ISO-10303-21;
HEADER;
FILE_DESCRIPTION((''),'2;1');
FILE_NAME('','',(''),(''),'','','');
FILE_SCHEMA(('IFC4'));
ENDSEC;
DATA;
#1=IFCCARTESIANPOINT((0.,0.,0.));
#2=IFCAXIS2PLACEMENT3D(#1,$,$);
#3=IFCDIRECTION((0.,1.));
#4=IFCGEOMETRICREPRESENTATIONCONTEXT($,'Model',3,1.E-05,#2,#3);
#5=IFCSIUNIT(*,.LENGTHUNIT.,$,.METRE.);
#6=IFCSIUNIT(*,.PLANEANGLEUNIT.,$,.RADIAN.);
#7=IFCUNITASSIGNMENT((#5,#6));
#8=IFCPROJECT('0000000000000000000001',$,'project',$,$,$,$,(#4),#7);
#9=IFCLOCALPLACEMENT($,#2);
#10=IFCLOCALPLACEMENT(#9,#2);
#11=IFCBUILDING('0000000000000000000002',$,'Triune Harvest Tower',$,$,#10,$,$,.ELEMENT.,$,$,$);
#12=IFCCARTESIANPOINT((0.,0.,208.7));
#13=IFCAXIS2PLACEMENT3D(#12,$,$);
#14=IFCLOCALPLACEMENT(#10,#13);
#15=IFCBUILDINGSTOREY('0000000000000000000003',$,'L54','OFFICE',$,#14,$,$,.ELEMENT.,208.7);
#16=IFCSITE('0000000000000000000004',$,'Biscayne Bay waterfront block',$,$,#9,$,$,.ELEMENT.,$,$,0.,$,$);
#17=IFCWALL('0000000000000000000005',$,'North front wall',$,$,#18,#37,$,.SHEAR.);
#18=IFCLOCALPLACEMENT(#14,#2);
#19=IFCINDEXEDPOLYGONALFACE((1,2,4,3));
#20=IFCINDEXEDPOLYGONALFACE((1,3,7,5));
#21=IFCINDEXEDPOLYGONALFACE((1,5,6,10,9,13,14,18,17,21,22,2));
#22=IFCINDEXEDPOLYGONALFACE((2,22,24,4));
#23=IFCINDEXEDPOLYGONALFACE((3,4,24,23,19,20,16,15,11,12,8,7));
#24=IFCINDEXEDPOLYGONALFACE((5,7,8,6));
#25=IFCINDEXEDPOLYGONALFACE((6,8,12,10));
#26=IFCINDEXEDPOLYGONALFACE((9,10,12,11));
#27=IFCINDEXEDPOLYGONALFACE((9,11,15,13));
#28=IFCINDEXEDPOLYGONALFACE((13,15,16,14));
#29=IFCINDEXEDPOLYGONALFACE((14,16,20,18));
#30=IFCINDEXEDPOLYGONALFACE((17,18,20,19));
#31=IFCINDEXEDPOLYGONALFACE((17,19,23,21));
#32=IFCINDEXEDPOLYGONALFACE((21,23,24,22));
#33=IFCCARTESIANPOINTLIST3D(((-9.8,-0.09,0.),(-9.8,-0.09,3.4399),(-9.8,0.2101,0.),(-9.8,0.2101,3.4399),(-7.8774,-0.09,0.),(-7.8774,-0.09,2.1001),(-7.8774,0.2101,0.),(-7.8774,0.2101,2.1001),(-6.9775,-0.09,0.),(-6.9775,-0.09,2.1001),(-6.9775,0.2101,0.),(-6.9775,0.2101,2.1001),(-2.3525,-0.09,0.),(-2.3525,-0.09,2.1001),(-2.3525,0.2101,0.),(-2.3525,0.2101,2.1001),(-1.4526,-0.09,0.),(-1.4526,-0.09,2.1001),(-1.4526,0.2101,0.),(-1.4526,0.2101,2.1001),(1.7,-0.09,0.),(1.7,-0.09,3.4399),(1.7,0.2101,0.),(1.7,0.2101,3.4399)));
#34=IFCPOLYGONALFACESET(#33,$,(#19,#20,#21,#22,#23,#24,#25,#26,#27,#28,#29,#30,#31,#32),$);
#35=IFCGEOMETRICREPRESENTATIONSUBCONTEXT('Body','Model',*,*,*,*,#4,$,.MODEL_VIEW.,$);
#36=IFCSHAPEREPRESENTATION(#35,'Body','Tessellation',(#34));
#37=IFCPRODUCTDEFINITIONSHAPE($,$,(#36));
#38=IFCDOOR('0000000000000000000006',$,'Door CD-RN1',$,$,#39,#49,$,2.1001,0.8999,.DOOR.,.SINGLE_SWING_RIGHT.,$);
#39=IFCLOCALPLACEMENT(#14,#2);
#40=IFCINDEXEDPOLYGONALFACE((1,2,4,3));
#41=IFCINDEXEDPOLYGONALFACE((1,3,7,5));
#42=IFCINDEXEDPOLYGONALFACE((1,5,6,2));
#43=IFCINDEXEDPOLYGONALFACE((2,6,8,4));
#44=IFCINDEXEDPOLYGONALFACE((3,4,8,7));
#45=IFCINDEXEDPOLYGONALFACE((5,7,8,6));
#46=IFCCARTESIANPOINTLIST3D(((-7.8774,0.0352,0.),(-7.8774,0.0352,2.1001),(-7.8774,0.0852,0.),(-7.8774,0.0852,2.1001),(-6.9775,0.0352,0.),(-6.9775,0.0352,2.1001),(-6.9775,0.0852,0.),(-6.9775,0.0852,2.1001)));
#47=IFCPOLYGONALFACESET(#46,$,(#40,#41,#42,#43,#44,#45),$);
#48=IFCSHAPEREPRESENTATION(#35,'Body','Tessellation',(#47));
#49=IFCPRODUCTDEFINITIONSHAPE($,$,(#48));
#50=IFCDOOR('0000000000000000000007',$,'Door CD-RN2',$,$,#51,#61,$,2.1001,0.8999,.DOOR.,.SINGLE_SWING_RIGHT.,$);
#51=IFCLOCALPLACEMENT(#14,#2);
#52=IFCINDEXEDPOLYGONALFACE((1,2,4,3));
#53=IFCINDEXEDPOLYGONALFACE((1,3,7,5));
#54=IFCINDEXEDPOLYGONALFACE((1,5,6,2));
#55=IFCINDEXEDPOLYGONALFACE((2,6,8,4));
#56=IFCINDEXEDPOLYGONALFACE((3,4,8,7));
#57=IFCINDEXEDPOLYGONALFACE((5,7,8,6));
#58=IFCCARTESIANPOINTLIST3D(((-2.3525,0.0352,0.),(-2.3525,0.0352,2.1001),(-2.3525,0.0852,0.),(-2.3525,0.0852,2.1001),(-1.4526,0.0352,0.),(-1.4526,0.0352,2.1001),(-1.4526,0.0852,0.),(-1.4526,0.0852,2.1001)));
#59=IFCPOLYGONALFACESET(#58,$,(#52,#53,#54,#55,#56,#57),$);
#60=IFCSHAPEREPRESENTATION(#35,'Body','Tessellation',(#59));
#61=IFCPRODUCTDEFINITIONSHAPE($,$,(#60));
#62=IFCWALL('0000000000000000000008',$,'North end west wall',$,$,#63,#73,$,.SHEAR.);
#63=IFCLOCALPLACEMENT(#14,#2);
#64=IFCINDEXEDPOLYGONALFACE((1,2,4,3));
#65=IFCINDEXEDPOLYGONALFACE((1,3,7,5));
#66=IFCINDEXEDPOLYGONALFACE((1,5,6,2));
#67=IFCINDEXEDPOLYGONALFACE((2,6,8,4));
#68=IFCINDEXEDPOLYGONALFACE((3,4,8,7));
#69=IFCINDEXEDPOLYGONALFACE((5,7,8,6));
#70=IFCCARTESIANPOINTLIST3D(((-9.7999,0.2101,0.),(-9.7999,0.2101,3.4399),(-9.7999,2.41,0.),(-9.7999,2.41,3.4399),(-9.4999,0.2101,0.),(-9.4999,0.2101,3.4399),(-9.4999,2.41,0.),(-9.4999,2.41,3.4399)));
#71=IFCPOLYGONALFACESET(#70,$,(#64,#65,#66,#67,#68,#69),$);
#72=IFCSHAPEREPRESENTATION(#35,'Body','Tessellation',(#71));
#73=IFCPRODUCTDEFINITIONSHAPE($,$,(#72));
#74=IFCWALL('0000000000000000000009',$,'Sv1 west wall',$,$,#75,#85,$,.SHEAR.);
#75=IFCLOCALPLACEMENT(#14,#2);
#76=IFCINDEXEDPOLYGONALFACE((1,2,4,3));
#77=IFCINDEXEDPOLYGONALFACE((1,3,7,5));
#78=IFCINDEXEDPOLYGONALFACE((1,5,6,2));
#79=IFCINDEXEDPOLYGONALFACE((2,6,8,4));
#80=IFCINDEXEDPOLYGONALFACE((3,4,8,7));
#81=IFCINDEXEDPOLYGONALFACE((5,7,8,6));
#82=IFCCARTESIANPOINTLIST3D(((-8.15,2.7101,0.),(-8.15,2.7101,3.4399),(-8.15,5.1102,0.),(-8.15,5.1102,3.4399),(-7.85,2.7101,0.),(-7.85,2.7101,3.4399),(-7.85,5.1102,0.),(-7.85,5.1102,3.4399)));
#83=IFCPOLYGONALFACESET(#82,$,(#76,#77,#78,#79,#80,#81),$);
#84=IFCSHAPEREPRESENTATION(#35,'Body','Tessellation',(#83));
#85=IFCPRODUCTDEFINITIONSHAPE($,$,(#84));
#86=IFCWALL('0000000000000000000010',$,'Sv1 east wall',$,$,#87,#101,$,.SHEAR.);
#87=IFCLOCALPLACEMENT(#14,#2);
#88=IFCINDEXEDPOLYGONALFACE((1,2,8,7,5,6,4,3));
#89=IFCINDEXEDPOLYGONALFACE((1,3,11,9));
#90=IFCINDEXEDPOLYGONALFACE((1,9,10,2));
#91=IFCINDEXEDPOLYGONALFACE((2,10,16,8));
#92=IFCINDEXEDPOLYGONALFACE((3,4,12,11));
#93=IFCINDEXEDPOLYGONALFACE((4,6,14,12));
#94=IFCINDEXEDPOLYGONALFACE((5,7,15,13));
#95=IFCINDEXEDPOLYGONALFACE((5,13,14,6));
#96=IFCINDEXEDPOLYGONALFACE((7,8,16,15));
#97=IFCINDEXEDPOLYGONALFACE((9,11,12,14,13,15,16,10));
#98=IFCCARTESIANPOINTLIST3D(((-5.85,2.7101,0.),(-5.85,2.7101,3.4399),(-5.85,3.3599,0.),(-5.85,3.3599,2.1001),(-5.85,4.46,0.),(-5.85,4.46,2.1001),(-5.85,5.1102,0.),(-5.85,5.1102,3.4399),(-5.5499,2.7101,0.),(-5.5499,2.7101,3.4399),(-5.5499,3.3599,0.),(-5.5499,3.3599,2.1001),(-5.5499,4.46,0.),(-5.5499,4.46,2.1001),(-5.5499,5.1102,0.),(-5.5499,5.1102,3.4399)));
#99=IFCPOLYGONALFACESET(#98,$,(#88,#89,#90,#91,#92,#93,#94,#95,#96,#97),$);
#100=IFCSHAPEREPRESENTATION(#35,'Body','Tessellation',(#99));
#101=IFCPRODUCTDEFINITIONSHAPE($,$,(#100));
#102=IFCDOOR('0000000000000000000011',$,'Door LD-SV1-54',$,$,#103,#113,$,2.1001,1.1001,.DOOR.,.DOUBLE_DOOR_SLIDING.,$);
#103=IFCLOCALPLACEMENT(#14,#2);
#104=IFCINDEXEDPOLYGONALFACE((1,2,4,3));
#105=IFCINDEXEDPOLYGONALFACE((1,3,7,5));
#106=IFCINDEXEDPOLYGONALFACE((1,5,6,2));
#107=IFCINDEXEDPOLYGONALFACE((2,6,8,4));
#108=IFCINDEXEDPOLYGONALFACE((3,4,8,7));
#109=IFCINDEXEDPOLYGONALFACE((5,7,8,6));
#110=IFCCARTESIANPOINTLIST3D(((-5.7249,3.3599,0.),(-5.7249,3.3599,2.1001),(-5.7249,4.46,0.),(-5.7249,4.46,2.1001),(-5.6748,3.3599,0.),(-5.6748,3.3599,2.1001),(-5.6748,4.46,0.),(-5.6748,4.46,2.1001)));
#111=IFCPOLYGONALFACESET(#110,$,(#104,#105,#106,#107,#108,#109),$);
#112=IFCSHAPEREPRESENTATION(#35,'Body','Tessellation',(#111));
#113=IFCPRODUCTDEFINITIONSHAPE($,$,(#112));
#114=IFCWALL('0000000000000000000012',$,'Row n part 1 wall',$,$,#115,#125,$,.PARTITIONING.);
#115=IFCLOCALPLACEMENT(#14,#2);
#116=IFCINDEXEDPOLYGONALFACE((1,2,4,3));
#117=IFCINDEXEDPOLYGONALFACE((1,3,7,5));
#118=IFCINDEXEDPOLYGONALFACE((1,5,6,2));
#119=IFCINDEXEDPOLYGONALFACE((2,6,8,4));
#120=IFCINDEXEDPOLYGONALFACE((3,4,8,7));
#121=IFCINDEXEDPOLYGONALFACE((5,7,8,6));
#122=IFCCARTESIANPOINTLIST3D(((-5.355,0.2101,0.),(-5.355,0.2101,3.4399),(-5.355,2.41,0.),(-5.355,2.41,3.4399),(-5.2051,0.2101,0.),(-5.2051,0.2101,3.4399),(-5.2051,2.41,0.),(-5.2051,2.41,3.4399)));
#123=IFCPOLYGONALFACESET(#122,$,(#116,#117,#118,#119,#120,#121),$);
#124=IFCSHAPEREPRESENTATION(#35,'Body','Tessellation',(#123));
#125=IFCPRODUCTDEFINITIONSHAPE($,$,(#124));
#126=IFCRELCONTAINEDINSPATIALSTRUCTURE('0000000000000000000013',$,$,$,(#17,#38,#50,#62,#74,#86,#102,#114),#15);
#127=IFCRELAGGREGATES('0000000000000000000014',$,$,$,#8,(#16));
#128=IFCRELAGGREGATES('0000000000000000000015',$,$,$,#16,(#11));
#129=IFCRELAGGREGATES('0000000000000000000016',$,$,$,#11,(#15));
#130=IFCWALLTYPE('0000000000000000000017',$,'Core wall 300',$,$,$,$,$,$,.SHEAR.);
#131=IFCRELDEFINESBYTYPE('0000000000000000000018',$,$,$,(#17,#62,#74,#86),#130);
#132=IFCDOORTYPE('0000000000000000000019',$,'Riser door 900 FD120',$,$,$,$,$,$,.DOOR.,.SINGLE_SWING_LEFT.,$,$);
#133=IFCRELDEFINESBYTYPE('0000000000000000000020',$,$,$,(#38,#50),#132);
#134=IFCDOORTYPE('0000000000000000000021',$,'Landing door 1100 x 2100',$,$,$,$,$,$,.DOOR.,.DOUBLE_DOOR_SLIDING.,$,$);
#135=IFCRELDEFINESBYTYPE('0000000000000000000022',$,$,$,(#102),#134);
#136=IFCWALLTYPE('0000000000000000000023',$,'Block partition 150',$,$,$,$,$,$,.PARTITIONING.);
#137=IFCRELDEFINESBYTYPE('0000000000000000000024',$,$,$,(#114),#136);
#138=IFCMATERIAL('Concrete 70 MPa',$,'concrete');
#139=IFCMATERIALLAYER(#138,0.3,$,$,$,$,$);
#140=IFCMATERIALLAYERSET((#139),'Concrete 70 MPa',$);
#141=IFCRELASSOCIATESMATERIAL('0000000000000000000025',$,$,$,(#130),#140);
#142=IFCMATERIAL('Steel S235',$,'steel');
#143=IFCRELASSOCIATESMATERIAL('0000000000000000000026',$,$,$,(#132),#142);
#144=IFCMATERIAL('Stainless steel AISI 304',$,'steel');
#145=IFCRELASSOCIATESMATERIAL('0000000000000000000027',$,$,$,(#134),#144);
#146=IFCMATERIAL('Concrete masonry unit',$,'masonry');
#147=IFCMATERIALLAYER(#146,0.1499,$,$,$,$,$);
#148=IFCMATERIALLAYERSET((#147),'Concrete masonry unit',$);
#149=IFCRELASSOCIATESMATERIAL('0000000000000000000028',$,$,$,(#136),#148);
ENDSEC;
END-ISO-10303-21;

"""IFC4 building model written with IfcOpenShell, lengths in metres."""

from ifc_helpers import new_model, si_unit, direction, frame, frame_2d, origin, place, context, subcontext, project, spatial, rectangle, extrude, source, transform, mapped, material, layer, layer_set, type_object, element, fill, save


model = new_model("IFC4")

# Units and contexts
model_context = context("Model", 3, precision=1e-05, world=origin(), true_north=direction((0.0, 1.0)))
body_context = subcontext(model_context, "Body", "Model", "MODEL_VIEW")
ifc_project = project(units=[si_unit("LENGTHUNIT", "METRE"), si_unit("PLANEANGLEUNIT", "RADIAN")], contexts=[model_context])

# Site, building, storey
site_placement = place(None, origin())
site = spatial("IfcSite", under=ifc_project, at=site_placement, Name="Biscayne Bay waterfront block", CompositionType="ELEMENT", RefElevation=0.0)
building_placement = place(site_placement, origin())
building = spatial("IfcBuilding", under=site, at=building_placement, Name="Triune Harvest Tower", CompositionType="ELEMENT")
storey_placement = place(building_placement, frame((0.0, 0.0, 208.7)))
storey = spatial("IfcBuildingStorey", under=building, at=storey_placement, Name="L54", Description="OFFICE", CompositionType="ELEMENT", Elevation=208.7)

# Wall, openings, doors
ifc_material_1 = material(Name="Concrete 70 MPa", Category="concrete")
ifc_layer_1 = layer(ifc_material_1, 0.3)
ifc_layer_set_1 = layer_set([ifc_layer_1], Name="Concrete 70 MPa")
wall_type_1 = type_object("IfcWallType", Name="Core wall 300", PredefinedType="SHEAR", material=ifc_layer_set_1)
shared_shape_1 = source(origin(), body_context, "Body", "SweptSolid", [
    extrude(rectangle(XDim=11.5, YDim=0.3, at=frame_2d((5.75, 0.0))), origin(), (0.0, 0.0, 1.0), 3.4399),
])
wall_1_placement = place(storey_placement, frame((-9.8, 0.0601, 0.0), z_axis=(0.0, 0.0, 1.0), x_axis=(1.0, 0.0, 0.0)))
wall_1 = element("IfcWall", 1, at=wall_1_placement, inside=storey, type_object=wall_type_1, Name="North front wall", PredefinedType="SHEAR", context=body_context, shape_type="MappedRepresentation", body=[
    mapped(shared_shape_1, transform((0.0, 0.0, 0.0), scale=1.0)),
])
opening_1_placement = place(wall_1_placement, frame((1.9226, 0.0, 0.0)))
opening_1 = element("IfcOpeningElement", 2, at=opening_1_placement, cuts=wall_1, PredefinedType="OPENING", context=body_context, shape_type="SweptSolid", body=[
    extrude(rectangle(XDim=0.8999, YDim=2.1001, at=frame_2d((0.45, 1.05))), frame((0.0, 0.1602, 0.0), z_axis=(0.0, -1.0, 0.0), x_axis=(1.0, 0.0, 0.0)), (0.0, 0.0, 1.0), 0.3201),
])
opening_2_placement = place(wall_1_placement, frame((7.4475, 0.0, 0.0)))
opening_2 = element("IfcOpeningElement", 3, at=opening_2_placement, cuts=wall_1, PredefinedType="OPENING", context=body_context, shape_type="SweptSolid", body=[
    extrude(rectangle(XDim=0.8999, YDim=2.1001, at=frame_2d((0.45, 1.05))), frame((0.0, 0.1602, 0.0), z_axis=(0.0, -1.0, 0.0), x_axis=(1.0, 0.0, 0.0)), (0.0, 0.0, 1.0), 0.3201),
])
ifc_material_2 = material(Name="Steel S235", Category="steel")
door_type_1 = type_object("IfcDoorType", Name="Riser door 900 FD120", OperationType="SINGLE_SWING_LEFT", PredefinedType="DOOR", material=ifc_material_2)
door_1_placement = place(opening_1_placement, frame((0.8999, 0.0, 0.0), z_axis=(0.0, 0.0, 1.0), x_axis=(-1.0, 0.0, 0.0)))
door_1 = element("IfcDoor", 4, at=door_1_placement, inside=storey, type_object=door_type_1, Name="Door CD-RN1", OperationType="SINGLE_SWING_RIGHT", OverallHeight=2.1001, OverallWidth=0.8999, PredefinedType="DOOR", context=body_context, shape_type="SweptSolid", body=[
    extrude(rectangle(XDim=0.8999, YDim=2.1001, at=frame_2d((0.45, 1.05))), frame((0.0, 0.0249, 0.0), z_axis=(0.0, -1.0, 0.0), x_axis=(1.0, 0.0, 0.0)), (0.0, 0.0, 1.0), 0.05),
])
fill(opening_1, door_1)
door_2_placement = place(opening_2_placement, frame((0.8999, 0.0, 0.0), z_axis=(0.0, 0.0, 1.0), x_axis=(-1.0, 0.0, 0.0)))
door_2 = element("IfcDoor", 5, at=door_2_placement, inside=storey, type_object=door_type_1, Name="Door CD-RN2", OperationType="SINGLE_SWING_RIGHT", OverallHeight=2.1001, OverallWidth=0.8999, PredefinedType="DOOR", context=body_context, shape_type="SweptSolid", body=[
    extrude(rectangle(XDim=0.8999, YDim=2.1001, at=frame_2d((0.45, 1.05))), frame((0.0, 0.0249, 0.0), z_axis=(0.0, -1.0, 0.0), x_axis=(1.0, 0.0, 0.0)), (0.0, 0.0, 1.0), 0.05),
])
fill(opening_2, door_2)

# Walls
shared_shape_2 = source(origin(), body_context, "Body", "SweptSolid", [
    extrude(rectangle(XDim=2.2, YDim=0.3, at=frame_2d((1.1001, 0.0))), origin(), (0.0, 0.0, 1.0), 3.4399),
])
wall_2_placement = place(storey_placement, frame((-9.6499, 0.21, 0.0), z_axis=(0.0, 0.0, 1.0), x_axis=(0.0, 1.0, 0.0)))
element("IfcWall", 6, at=wall_2_placement, inside=storey, type_object=wall_type_1, Name="North end west wall", PredefinedType="SHEAR", context=body_context, shape_type="MappedRepresentation", body=[
    mapped(shared_shape_2, transform((0.0, 0.0, 0.0), scale=1.0)),
])
shared_shape_3 = source(origin(), body_context, "Body", "SweptSolid", [
    extrude(rectangle(XDim=2.4001, YDim=0.3, at=frame_2d((1.2002, 0.0))), origin(), (0.0, 0.0, 1.0), 3.4399),
])
wall_3_placement = place(storey_placement, frame((-8.0, 2.71, 0.0), z_axis=(0.0, 0.0, 1.0), x_axis=(0.0, 1.0, 0.0)))
element("IfcWall", 7, at=wall_3_placement, inside=storey, type_object=wall_type_1, Name="Sv1 west wall", PredefinedType="SHEAR", context=body_context, shape_type="MappedRepresentation", body=[
    mapped(shared_shape_3, transform((0.0, 0.0, 0.0), scale=1.0)),
])

# Wall, opening, door
wall_4_placement = place(storey_placement, frame((-5.7, 2.71, 0.0), z_axis=(0.0, 0.0, 1.0), x_axis=(0.0, 1.0, 0.0)))
wall_4 = element("IfcWall", 8, at=wall_4_placement, inside=storey, type_object=wall_type_1, Name="Sv1 east wall", PredefinedType="SHEAR", context=body_context, shape_type="MappedRepresentation", body=[
    mapped(shared_shape_3, transform((0.0, 0.0, 0.0), scale=1.0)),
])
opening_3_placement = place(wall_4_placement, frame((0.6499, 0.0, 0.0)))
opening_3 = element("IfcOpeningElement", 9, at=opening_3_placement, cuts=wall_4, PredefinedType="OPENING", context=body_context, shape_type="SweptSolid", body=[
    extrude(rectangle(XDim=1.1001, YDim=2.1001, at=frame_2d((0.55, 1.05))), frame((0.0, 0.1602, 0.0), z_axis=(0.0, -1.0, 0.0), x_axis=(1.0, 0.0, 0.0)), (0.0, 0.0, 1.0), 0.3201),
])
ifc_material_3 = material(Name="Stainless steel AISI 304", Category="steel")
door_type_2 = type_object("IfcDoorType", Name="Landing door 1100 x 2100", OperationType="DOUBLE_DOOR_SLIDING", PredefinedType="DOOR", material=ifc_material_3)
door_3_placement = place(opening_3_placement, origin())
door_3 = element("IfcDoor", 10, at=door_3_placement, inside=storey, type_object=door_type_2, Name="Door LD-SV1-54", OperationType="DOUBLE_DOOR_SLIDING", OverallHeight=2.1001, OverallWidth=1.1001, PredefinedType="DOOR", context=body_context, shape_type="SweptSolid", body=[
    extrude(rectangle(XDim=1.1001, YDim=2.1001, at=frame_2d((0.55, 1.05))), frame((0.0, 0.0249, 0.0), z_axis=(0.0, -1.0, 0.0), x_axis=(1.0, 0.0, 0.0)), (0.0, 0.0, 1.0), 0.05),
])
fill(opening_3, door_3)

# Wall
ifc_material_4 = material(Name="Concrete masonry unit", Category="masonry")
ifc_layer_2 = layer(ifc_material_4, 0.1499)
ifc_layer_set_2 = layer_set([ifc_layer_2], Name="Concrete masonry unit")
wall_type_2 = type_object("IfcWallType", Name="Block partition 150", PredefinedType="PARTITIONING", material=ifc_layer_set_2)
shared_shape_4 = source(origin(), body_context, "Body", "SweptSolid", [
    extrude(rectangle(XDim=2.2, YDim=0.1499, at=frame_2d((1.1001, 0.0))), origin(), (0.0, 0.0, 1.0), 3.4399),
])
wall_5_placement = place(storey_placement, frame((-5.28, 0.21, 0.0), z_axis=(0.0, 0.0, 1.0), x_axis=(0.0, 1.0, 0.0)))
element("IfcWall", 11, at=wall_5_placement, inside=storey, type_object=wall_type_2, Name="Row n part 1 wall", PredefinedType="PARTITIONING", context=body_context, shape_type="MappedRepresentation", body=[
    mapped(shared_shape_4, transform((0.0, 0.0, 0.0), scale=1.0)),
])

save(model, "model.ifc")
